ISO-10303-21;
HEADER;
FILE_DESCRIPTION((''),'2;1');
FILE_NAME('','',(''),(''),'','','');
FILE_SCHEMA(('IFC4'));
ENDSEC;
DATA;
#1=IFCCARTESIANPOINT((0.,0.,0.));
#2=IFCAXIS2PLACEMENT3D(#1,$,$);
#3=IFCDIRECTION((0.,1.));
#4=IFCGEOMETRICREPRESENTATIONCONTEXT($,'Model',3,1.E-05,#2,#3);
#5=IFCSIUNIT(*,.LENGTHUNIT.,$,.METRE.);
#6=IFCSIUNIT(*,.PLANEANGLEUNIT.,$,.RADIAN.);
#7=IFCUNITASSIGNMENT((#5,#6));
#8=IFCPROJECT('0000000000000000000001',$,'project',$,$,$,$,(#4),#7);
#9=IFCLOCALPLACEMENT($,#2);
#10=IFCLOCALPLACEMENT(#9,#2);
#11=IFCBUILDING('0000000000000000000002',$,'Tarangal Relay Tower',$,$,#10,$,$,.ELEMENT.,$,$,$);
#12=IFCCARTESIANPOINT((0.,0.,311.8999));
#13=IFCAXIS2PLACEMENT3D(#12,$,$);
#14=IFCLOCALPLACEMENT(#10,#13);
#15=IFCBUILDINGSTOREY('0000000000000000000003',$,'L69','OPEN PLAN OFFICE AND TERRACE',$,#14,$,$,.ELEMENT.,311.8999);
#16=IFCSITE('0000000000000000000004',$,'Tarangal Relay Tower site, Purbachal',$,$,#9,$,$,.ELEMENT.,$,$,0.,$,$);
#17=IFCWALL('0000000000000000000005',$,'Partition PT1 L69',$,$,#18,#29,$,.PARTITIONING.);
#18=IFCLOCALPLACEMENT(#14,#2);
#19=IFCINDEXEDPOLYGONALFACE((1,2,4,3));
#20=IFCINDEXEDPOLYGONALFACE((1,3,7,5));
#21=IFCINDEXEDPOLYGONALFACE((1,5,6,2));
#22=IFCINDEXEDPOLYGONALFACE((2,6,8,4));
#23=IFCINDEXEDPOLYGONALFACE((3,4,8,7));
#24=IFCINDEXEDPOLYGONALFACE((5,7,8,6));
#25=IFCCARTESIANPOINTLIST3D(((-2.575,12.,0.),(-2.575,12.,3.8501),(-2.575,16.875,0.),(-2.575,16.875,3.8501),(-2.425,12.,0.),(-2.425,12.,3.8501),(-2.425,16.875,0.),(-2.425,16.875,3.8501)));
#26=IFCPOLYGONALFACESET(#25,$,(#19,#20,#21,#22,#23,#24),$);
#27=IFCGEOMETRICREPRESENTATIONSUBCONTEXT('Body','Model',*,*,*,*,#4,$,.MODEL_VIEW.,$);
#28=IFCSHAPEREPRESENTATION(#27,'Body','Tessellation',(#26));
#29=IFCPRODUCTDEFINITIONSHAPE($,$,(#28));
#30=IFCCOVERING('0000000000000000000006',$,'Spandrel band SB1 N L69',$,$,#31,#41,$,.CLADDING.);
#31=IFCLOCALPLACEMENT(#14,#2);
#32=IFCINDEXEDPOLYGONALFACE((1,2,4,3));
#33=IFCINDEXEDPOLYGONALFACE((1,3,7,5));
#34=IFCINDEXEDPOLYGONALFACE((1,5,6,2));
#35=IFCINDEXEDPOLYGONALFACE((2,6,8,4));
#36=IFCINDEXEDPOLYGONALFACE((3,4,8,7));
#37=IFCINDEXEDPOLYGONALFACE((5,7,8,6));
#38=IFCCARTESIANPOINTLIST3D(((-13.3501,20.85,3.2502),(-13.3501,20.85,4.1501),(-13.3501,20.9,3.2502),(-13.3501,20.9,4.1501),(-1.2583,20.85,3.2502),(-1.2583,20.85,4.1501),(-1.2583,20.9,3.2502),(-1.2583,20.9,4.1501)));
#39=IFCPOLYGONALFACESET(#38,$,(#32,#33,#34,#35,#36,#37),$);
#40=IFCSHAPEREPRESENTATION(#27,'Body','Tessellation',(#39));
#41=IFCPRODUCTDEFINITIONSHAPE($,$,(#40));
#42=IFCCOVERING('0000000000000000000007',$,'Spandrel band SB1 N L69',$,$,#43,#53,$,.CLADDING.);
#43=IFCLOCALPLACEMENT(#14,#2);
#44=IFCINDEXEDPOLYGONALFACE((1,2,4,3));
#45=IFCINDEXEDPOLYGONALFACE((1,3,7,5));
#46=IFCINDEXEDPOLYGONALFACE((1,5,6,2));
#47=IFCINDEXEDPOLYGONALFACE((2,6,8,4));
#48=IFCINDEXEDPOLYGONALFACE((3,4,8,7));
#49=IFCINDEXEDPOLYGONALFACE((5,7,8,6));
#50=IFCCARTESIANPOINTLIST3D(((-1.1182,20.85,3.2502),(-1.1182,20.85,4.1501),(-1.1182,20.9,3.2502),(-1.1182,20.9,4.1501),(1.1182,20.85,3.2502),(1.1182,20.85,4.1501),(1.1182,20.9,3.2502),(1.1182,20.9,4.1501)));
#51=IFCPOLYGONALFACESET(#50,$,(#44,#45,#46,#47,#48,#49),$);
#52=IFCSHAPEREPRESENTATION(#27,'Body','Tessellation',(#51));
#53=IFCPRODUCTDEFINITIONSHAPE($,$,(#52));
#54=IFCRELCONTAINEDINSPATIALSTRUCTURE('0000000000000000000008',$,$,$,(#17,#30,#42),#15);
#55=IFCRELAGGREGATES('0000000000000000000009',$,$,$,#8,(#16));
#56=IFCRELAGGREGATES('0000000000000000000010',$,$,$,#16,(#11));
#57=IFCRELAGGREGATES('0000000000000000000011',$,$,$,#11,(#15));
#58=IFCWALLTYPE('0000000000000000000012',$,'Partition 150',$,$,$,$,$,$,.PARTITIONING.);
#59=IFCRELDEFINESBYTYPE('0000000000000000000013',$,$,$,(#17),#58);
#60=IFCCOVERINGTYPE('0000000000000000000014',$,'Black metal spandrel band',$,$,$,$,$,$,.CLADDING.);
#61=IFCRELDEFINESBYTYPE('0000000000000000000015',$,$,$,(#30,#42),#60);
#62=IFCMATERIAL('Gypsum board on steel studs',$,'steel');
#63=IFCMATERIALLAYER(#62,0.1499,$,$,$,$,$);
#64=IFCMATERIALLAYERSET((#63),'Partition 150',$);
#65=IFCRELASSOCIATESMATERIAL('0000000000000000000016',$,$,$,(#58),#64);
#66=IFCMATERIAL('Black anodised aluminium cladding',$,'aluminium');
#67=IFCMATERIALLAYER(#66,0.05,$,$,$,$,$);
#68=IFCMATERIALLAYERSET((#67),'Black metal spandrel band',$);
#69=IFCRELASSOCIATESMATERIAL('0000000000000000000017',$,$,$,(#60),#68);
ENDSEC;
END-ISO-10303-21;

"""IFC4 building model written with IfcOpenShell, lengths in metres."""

from ifc_helpers import new_model, si_unit, direction, frame, frame_2d, origin, origin_2d, place, context, subcontext, project, spatial, rectangle, extrude, material, layer, layer_set, type_object, element, save


model = new_model("IFC4")

# Units and contexts
model_context = context("Model", 3, precision=1e-05, world=origin(), true_north=direction((0.0, 1.0)))
body_context = subcontext(model_context, "Body", "Model", "MODEL_VIEW")
ifc_project = project(units=[si_unit("LENGTHUNIT", "METRE"), si_unit("PLANEANGLEUNIT", "RADIAN")], contexts=[model_context])

# Site, building, storey
site_placement = place(None, origin())
site = spatial("IfcSite", under=ifc_project, at=site_placement, Name="Tarangal Relay Tower site, Purbachal", CompositionType="ELEMENT", RefElevation=0.0)
building_placement = place(site_placement, origin())
building = spatial("IfcBuilding", under=site, at=building_placement, Name="Tarangal Relay Tower", CompositionType="ELEMENT")
storey_placement = place(building_placement, frame((0.0, 0.0, 311.8999)))
storey = spatial("IfcBuildingStorey", under=building, at=storey_placement, Name="L69", Description="OPEN PLAN OFFICE AND TERRACE", CompositionType="ELEMENT", Elevation=311.8999)

# Shared definitions
ifc_material_1 = material(Name="Gypsum board on steel studs", Category="steel")
ifc_layer_1 = layer(ifc_material_1, 0.1499)
ifc_layer_set_1 = layer_set([ifc_layer_1], Name="Partition 150")
wall_type_1 = type_object("IfcWallType", Name="Partition 150", PredefinedType="PARTITIONING", material=ifc_layer_set_1)

# Wall
wall_1_placement = place(storey_placement, frame((-2.5, 12.0, 0.0), z_axis=(0.0, 0.0, 1.0), x_axis=(0.0, 1.0, 0.0)))
element("IfcWall", 1, at=wall_1_placement, inside=storey, type_object=wall_type_1, Name="Partition PT1 L69", PredefinedType="PARTITIONING", context=body_context, shape_type="SweptSolid", body=[
    extrude(rectangle(XDim=4.875, YDim=0.1499, at=frame_2d((2.4375, 0.0))), origin(), (0.0, 0.0, 1.0), 3.8501),
])

# Coverings
ifc_material_2 = material(Name="Black anodised aluminium cladding", Category="aluminium")
ifc_layer_2 = layer(ifc_material_2, 0.05)
ifc_layer_set_2 = layer_set([ifc_layer_2], Name="Black metal spandrel band")
covering_type = type_object("IfcCoveringType", Name="Black metal spandrel band", PredefinedType="CLADDING", material=ifc_layer_set_2)
covering_1_placement = place(storey_placement, frame((-7.3042, 20.875, 3.2502), z_axis=(0.0, 0.0, 1.0), x_axis=(1.0, 0.0, 0.0)))
element("IfcCovering", 2, at=covering_1_placement, inside=storey, type_object=covering_type, Name="Spandrel band SB1 N L69", PredefinedType="CLADDING", context=body_context, shape_type="SweptSolid", body=[
    extrude(rectangle(XDim=12.0918, YDim=0.05, at=origin_2d()), origin(), (0.0, 0.0, 1.0), 0.8999),
])
covering_2_placement = place(storey_placement, frame((0.0, 20.875, 3.2502), z_axis=(0.0, 0.0, 1.0), x_axis=(1.0, 0.0, 0.0)))
element("IfcCovering", 3, at=covering_2_placement, inside=storey, type_object=covering_type, Name="Spandrel band SB1 N L69", PredefinedType="CLADDING", context=body_context, shape_type="SweptSolid", body=[
    extrude(rectangle(XDim=2.2363, YDim=0.05, at=origin_2d()), origin(), (0.0, 0.0, 1.0), 0.8999),
])

save(model, "model.ifc")
